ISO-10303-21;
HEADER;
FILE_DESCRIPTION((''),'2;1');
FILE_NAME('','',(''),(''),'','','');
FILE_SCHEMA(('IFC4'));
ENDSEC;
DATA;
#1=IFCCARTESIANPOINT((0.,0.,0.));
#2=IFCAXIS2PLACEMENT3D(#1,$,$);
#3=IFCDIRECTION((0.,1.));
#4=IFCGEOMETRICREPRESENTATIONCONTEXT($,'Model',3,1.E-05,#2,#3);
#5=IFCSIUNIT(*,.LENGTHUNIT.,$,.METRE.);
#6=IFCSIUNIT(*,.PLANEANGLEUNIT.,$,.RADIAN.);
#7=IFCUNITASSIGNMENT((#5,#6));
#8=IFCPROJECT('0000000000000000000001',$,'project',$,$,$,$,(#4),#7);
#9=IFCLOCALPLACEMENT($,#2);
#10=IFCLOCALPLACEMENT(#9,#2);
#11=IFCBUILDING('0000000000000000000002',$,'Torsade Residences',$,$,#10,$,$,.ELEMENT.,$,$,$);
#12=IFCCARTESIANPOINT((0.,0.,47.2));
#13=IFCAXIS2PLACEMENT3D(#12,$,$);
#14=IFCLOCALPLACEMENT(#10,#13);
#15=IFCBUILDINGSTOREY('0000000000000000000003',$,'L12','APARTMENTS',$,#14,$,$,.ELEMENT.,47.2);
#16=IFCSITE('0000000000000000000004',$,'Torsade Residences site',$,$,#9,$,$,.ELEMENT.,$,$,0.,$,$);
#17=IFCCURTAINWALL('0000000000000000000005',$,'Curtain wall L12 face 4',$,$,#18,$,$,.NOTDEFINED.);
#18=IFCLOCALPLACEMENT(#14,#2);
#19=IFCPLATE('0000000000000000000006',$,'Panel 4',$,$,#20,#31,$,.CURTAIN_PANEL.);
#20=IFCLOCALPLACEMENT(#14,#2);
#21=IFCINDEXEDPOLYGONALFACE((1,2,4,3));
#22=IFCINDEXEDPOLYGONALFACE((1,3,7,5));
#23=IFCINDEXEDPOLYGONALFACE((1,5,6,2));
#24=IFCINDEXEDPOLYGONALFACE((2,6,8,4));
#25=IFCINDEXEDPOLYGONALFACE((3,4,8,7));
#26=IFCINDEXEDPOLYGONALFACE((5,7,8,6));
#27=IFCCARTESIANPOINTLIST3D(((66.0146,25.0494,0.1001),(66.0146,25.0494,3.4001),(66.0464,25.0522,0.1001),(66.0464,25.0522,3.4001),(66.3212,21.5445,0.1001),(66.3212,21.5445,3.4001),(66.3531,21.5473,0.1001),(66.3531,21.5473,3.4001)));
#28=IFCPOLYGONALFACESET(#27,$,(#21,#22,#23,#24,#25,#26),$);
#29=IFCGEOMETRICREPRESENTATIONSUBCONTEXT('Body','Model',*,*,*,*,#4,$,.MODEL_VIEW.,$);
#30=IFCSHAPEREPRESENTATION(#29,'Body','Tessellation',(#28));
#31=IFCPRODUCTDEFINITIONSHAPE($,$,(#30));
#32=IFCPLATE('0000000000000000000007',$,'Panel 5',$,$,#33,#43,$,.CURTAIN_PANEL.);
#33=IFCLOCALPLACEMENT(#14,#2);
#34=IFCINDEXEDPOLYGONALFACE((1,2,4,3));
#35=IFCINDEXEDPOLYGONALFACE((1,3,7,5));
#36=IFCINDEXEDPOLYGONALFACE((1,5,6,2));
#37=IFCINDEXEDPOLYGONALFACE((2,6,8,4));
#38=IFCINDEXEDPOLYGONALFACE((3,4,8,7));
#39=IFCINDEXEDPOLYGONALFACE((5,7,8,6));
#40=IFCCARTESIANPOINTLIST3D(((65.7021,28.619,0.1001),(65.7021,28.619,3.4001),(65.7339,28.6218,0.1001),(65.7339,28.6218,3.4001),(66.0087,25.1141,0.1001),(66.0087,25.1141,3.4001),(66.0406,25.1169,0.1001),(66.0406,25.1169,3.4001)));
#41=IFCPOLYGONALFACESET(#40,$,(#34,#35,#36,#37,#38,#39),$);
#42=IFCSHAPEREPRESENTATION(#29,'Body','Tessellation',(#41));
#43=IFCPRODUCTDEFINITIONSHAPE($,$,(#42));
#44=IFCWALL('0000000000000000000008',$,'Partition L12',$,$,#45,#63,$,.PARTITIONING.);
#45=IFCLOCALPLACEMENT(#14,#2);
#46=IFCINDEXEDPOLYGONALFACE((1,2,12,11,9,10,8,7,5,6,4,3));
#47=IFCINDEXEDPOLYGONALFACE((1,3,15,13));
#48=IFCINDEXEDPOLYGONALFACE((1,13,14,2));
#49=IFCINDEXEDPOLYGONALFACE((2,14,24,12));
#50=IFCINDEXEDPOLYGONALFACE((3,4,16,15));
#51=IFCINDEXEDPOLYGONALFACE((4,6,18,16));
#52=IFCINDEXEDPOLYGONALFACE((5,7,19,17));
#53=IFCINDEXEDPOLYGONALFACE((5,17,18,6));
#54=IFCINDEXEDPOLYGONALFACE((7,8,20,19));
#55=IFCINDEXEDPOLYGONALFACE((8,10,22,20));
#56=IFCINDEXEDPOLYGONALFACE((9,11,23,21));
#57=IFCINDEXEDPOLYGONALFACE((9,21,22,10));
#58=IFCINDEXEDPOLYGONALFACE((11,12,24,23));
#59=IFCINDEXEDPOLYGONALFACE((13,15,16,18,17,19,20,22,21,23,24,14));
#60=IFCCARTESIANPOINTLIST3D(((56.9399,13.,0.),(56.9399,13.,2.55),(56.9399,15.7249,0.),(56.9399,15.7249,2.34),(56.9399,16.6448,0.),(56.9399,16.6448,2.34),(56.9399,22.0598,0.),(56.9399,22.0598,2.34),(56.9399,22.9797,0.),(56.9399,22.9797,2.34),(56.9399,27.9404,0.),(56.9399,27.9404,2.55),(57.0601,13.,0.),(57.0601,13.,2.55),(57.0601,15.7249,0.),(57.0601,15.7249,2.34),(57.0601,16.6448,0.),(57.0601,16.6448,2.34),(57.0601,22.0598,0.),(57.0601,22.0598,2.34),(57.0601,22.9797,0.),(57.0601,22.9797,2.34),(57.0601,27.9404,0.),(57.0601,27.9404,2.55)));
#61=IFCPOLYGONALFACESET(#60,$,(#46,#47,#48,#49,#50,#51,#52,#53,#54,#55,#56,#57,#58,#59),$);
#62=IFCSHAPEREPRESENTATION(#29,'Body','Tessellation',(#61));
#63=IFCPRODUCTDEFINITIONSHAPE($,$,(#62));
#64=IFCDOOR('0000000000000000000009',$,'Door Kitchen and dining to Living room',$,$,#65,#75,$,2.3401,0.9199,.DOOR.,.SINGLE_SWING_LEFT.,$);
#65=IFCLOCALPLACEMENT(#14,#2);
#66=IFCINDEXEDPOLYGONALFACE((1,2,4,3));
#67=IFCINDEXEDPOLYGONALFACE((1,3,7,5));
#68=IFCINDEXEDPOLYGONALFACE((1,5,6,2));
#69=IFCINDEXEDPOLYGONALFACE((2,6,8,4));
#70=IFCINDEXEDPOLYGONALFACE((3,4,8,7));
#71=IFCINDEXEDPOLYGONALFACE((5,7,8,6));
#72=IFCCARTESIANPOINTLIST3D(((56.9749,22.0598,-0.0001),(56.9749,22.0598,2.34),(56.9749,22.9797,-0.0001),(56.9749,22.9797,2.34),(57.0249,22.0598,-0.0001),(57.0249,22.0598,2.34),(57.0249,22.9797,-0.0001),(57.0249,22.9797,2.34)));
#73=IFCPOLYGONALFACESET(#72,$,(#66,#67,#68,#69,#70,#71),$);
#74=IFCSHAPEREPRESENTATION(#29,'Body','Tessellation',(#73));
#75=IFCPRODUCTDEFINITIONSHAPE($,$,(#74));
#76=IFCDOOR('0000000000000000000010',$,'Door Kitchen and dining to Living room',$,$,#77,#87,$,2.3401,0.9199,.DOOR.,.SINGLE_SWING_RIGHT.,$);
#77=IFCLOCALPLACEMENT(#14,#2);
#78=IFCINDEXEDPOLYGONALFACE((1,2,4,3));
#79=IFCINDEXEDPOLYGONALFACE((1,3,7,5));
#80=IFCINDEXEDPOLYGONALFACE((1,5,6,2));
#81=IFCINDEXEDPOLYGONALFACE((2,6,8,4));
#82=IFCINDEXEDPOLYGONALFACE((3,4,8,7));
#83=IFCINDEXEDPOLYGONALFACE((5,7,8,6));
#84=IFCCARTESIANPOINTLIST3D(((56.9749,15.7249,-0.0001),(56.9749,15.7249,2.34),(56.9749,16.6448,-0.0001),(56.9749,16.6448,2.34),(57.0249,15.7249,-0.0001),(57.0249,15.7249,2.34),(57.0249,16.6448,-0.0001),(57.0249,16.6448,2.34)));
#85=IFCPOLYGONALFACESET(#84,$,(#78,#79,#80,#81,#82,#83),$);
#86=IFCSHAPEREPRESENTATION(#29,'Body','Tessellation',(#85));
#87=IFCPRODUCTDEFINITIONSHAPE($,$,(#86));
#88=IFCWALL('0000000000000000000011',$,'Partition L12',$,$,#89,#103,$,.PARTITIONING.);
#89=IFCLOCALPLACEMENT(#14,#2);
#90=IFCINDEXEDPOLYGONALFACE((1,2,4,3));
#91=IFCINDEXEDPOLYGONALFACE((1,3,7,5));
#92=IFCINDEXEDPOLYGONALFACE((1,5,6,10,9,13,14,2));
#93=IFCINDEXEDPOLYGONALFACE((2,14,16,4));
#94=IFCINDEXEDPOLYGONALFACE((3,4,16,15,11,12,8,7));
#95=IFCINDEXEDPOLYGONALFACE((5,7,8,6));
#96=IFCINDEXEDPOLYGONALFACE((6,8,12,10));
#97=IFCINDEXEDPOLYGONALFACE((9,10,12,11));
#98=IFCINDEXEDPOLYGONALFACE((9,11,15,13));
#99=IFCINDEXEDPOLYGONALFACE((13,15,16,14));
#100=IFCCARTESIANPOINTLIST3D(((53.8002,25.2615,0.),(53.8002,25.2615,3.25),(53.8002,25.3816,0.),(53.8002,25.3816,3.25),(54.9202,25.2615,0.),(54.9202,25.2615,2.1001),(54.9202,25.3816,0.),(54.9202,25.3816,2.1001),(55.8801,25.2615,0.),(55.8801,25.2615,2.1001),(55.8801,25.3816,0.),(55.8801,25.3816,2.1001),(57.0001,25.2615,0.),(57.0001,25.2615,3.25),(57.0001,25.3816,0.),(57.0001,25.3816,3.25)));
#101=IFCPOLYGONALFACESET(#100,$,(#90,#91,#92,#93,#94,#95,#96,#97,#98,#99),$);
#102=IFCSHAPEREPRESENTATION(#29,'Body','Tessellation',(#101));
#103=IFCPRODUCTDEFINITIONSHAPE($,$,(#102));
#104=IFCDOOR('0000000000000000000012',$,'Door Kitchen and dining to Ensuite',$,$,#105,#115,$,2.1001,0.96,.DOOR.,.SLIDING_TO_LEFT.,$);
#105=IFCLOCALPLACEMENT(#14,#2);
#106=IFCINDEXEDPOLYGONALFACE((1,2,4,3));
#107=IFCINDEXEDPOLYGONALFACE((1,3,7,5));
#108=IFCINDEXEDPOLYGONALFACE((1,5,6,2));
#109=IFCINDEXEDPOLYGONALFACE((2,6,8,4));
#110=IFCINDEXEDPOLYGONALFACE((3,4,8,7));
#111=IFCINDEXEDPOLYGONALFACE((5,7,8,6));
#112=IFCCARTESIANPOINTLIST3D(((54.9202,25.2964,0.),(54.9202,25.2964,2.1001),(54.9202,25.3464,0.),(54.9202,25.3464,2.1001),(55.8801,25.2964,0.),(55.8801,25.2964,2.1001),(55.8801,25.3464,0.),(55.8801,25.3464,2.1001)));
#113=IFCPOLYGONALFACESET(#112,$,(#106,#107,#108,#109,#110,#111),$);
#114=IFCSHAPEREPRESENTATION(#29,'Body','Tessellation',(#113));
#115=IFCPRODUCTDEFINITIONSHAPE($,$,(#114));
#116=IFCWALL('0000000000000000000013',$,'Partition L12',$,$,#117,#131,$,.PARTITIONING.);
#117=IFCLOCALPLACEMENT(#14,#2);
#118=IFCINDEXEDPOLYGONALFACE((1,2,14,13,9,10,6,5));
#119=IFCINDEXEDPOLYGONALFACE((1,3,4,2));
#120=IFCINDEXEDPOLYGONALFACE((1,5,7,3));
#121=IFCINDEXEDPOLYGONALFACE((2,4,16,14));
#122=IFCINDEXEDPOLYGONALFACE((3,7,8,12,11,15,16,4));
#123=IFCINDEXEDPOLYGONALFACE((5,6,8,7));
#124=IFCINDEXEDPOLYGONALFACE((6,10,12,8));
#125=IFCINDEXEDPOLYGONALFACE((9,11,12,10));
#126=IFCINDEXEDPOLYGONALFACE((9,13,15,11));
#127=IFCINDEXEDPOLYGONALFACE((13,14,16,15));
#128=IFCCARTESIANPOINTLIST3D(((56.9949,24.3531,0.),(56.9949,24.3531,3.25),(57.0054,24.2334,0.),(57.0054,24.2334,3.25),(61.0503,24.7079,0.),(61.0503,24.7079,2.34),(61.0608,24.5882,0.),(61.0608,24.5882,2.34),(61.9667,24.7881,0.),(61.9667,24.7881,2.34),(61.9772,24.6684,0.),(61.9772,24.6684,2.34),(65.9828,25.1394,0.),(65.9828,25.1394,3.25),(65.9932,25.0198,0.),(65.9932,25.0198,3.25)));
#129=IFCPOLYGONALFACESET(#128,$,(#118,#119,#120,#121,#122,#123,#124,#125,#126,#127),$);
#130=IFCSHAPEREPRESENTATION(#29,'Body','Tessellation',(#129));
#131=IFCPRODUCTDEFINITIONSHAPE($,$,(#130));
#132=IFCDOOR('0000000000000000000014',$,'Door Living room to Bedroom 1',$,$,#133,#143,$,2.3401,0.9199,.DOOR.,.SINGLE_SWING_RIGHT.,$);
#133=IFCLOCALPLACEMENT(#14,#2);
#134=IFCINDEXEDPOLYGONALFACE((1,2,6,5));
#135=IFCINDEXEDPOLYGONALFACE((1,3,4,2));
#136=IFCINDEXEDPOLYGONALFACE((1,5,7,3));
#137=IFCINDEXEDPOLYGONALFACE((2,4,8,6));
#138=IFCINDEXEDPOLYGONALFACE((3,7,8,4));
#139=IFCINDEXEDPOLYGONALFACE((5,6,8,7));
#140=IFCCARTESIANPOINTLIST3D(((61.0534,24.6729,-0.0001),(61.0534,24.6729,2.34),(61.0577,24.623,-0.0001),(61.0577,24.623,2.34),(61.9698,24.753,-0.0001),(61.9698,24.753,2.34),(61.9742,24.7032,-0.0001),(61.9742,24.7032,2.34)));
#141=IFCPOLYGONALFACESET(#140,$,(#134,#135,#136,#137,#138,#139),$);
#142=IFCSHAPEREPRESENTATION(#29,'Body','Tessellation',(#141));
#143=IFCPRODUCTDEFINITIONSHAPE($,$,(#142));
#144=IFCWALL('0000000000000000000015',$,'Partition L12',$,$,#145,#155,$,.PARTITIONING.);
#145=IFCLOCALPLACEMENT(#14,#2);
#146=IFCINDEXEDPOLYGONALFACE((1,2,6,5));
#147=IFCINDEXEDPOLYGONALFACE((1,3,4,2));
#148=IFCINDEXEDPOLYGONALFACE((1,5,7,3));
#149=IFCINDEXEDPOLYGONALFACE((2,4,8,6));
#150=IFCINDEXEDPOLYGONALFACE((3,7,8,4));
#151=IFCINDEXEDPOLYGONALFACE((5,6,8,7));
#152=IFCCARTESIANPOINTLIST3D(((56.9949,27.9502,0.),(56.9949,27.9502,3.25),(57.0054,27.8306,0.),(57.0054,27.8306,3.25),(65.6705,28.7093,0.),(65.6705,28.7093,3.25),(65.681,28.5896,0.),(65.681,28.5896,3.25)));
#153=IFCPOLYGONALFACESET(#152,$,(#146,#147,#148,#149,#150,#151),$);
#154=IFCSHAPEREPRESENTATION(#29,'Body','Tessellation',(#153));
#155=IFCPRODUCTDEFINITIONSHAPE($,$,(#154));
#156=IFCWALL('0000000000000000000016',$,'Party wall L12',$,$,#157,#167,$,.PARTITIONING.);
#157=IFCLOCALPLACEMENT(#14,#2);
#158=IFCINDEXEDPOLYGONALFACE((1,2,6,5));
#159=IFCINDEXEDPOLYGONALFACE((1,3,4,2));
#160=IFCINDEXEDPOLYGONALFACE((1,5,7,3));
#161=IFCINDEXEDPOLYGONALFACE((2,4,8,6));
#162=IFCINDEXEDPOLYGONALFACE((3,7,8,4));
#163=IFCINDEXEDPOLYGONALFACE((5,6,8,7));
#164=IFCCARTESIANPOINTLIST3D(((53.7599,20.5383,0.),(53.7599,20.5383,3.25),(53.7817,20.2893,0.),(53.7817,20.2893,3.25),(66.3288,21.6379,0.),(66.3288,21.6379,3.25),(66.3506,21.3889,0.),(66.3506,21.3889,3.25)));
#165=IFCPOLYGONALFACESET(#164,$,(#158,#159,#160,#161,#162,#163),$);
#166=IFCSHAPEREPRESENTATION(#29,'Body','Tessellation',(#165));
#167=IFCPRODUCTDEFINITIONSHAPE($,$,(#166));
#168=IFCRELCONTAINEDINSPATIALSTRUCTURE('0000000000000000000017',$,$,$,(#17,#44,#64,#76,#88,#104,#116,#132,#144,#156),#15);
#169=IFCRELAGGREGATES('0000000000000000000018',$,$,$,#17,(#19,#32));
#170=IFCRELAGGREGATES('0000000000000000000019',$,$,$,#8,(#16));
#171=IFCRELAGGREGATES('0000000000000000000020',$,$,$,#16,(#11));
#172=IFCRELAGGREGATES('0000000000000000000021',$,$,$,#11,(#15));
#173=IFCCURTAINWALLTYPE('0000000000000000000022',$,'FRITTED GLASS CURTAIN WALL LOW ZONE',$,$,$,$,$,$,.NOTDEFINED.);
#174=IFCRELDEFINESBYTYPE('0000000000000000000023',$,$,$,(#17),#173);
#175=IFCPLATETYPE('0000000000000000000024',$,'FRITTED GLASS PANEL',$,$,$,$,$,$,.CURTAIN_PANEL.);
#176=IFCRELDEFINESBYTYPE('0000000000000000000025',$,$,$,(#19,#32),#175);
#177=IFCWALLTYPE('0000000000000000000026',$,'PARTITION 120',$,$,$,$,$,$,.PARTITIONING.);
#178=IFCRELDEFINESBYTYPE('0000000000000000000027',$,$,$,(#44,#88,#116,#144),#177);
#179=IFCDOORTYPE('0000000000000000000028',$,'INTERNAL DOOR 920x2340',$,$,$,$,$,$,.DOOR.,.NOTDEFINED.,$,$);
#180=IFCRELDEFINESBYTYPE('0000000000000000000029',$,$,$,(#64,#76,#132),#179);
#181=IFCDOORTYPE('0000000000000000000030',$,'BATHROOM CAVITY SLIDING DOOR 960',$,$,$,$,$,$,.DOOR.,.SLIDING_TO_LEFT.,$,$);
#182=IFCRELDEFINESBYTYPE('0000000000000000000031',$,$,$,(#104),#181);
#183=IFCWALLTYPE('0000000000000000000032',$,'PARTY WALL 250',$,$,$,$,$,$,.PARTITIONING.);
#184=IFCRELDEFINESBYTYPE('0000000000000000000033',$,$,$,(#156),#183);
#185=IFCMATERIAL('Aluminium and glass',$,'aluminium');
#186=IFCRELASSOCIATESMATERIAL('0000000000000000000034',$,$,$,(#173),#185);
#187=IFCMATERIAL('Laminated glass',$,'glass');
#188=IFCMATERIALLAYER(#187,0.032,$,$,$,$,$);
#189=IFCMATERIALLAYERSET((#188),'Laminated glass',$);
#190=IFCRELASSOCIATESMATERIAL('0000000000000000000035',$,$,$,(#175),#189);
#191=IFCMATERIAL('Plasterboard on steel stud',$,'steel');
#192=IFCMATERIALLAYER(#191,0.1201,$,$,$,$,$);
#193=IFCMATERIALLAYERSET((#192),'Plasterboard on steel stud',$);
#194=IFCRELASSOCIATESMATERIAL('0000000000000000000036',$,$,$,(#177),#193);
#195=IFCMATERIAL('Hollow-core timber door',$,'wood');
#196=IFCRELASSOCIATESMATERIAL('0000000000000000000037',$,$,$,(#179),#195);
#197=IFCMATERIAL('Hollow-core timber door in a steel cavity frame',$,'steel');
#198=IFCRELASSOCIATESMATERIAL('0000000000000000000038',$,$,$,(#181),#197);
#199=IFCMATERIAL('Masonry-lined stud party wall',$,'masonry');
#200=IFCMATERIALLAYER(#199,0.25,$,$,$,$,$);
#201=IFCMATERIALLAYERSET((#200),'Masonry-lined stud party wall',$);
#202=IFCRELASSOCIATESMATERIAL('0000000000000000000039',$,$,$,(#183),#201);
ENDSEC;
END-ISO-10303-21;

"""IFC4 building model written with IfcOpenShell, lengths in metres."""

from ifc_helpers import new_model, si_unit, direction, frame, frame_2d, origin, origin_2d, place, context, subcontext, project, spatial, rectangle, extrude, material, layer, layer_set, type_object, element, fill, aggregate, save


model = new_model("IFC4")

# Units and contexts
model_context = context("Model", 3, precision=1e-05, world=origin(), true_north=direction((0.0, 1.0)))
body_context = subcontext(model_context, "Body", "Model", "MODEL_VIEW")
ifc_project = project(units=[si_unit("LENGTHUNIT", "METRE"), si_unit("PLANEANGLEUNIT", "RADIAN")], contexts=[model_context])

# Site, building, storey
site_placement = place(None, origin())
site = spatial("IfcSite", under=ifc_project, at=site_placement, Name="Torsade Residences site", CompositionType="ELEMENT", RefElevation=0.0)
building_placement = place(site_placement, origin())
building = spatial("IfcBuilding", under=site, at=building_placement, Name="Torsade Residences", CompositionType="ELEMENT")
storey_placement = place(building_placement, frame((0.0, 0.0, 47.2)))
storey = spatial("IfcBuildingStorey", under=building, at=storey_placement, Name="L12", Description="APARTMENTS", CompositionType="ELEMENT", Elevation=47.2)

# Curtain wall
ifc_material_1 = material(Name="Aluminium and glass", Category="aluminium")
curtain_wall_type = type_object("IfcCurtainWallType", Name="FRITTED GLASS CURTAIN WALL LOW ZONE", PredefinedType="NOTDEFINED", material=ifc_material_1)
curtain_wall_placement = place(storey_placement, origin())
curtain_wall = element("IfcCurtainWall", 1, at=curtain_wall_placement, inside=storey, type_object=curtain_wall_type, Name="Curtain wall L12 face 4", PredefinedType="NOTDEFINED")

# Plates
ifc_material_2 = material(Name="Laminated glass", Category="glass")
ifc_layer_1 = layer(ifc_material_2, 0.032)
ifc_layer_set_1 = layer_set([ifc_layer_1], Name="Laminated glass")
plate_type = type_object("IfcPlateType", Name="FRITTED GLASS PANEL", PredefinedType="CURTAIN_PANEL", material=ifc_layer_set_1)
plate_1_placement = place(storey_placement, frame((66.1838, 23.2983, 0.1001), z_axis=(0.0, 0.0, 1.0), x_axis=(-0.087156, 0.996195, 0.0)))
plate_1 = element("IfcPlate", 2, at=plate_1_placement, type_object=plate_type, Name="Panel 4", PredefinedType="CURTAIN_PANEL", context=body_context, shape_type="SweptSolid", body=[
    extrude(rectangle(XDim=3.5183, YDim=0.032, at=origin_2d()), origin(), (0.0, 0.0, 1.0), 3.3),
])
plate_2_placement = place(storey_placement, frame((65.8713, 26.8679, 0.1001), z_axis=(0.0, 0.0, 1.0), x_axis=(-0.087156, 0.996195, 0.0)))
plate_2 = element("IfcPlate", 3, at=plate_2_placement, type_object=plate_type, Name="Panel 5", PredefinedType="CURTAIN_PANEL", context=body_context, shape_type="SweptSolid", body=[
    extrude(rectangle(XDim=3.5183, YDim=0.032, at=origin_2d()), origin(), (0.0, 0.0, 1.0), 3.3),
])
aggregate(curtain_wall, [plate_1, plate_2])

# Wall, openings, doors
ifc_material_3 = material(Name="Plasterboard on steel stud", Category="steel")
ifc_layer_2 = layer(ifc_material_3, 0.1201)
ifc_layer_set_2 = layer_set([ifc_layer_2], Name="Plasterboard on steel stud")
wall_type_1 = type_object("IfcWallType", Name="PARTITION 120", PredefinedType="PARTITIONING", material=ifc_layer_set_2)
wall_1_placement = place(storey_placement, frame((57.0, 27.9404, 0.0), z_axis=(0.0, 0.0, 1.0), x_axis=(0.0, -1.0, 0.0)))
wall_1 = element("IfcWall", 4, at=wall_1_placement, inside=storey, type_object=wall_type_1, Name="Partition L12", PredefinedType="PARTITIONING", context=body_context, shape_type="SweptSolid", body=[
    extrude(rectangle(XDim=14.9404, YDim=0.1201, at=frame_2d((7.4702, 0.0))), origin(), (0.0, 0.0, 1.0), 2.55),
])
opening_1_placement = place(wall_1_placement, frame((4.9607, 0.0, 0.0)))
opening_1 = element("IfcOpeningElement", 5, at=opening_1_placement, cuts=wall_1, PredefinedType="OPENING", context=body_context, shape_type="SweptSolid", body=[
    extrude(rectangle(XDim=0.9199, YDim=2.3401, at=frame_2d((0.46, 1.1699))), frame((0.0, 0.0701, 0.0), z_axis=(0.0, -1.0, 0.0), x_axis=(1.0, 0.0, 0.0)), (0.0, 0.0, 1.0), 0.1401),
])
opening_2_placement = place(wall_1_placement, frame((11.2957, 0.0, 0.0)))
opening_2 = element("IfcOpeningElement", 6, at=opening_2_placement, cuts=wall_1, PredefinedType="OPENING", context=body_context, shape_type="SweptSolid", body=[
    extrude(rectangle(XDim=0.9199, YDim=2.3401, at=frame_2d((0.46, 1.1699))), frame((0.0, 0.0701, 0.0), z_axis=(0.0, -1.0, 0.0), x_axis=(1.0, 0.0, 0.0)), (0.0, 0.0, 1.0), 0.1401),
])
ifc_material_4 = material(Name="Hollow-core timber door", Category="wood")
door_type_1 = type_object("IfcDoorType", Name="INTERNAL DOOR 920x2340", OperationType="NOTDEFINED", PredefinedType="DOOR", material=ifc_material_4)
door_1_placement = place(opening_1_placement, origin())
door_1 = element("IfcDoor", 7, at=door_1_placement, inside=storey, type_object=door_type_1, Name="Door Kitchen and dining to Living room", OperationType="SINGLE_SWING_LEFT", OverallHeight=2.3401, OverallWidth=0.9199, PredefinedType="DOOR", context=body_context, shape_type="SweptSolid", body=[
    extrude(rectangle(XDim=0.9199, YDim=2.3401, at=frame_2d((0.46, 1.1699))), frame((0.0, 0.0249, 0.0), z_axis=(0.0, -1.0, 0.0), x_axis=(1.0, 0.0, 0.0)), (0.0, 0.0, 1.0), 0.05),
])
fill(opening_1, door_1)
door_2_placement = place(opening_2_placement, origin())
door_2 = element("IfcDoor", 8, at=door_2_placement, inside=storey, type_object=door_type_1, Name="Door Kitchen and dining to Living room", OperationType="SINGLE_SWING_RIGHT", OverallHeight=2.3401, OverallWidth=0.9199, PredefinedType="DOOR", context=body_context, shape_type="SweptSolid", body=[
    extrude(rectangle(XDim=0.9199, YDim=2.3401, at=frame_2d((0.46, 1.1699))), frame((0.0, 0.0249, 0.0), z_axis=(0.0, -1.0, 0.0), x_axis=(1.0, 0.0, 0.0)), (0.0, 0.0, 1.0), 0.05),
])
fill(opening_2, door_2)

# Walls, openings, doors
wall_2_placement = place(storey_placement, frame((53.8, 25.3215, 0.0), z_axis=(0.0, 0.0, 1.0), x_axis=(1.0, 0.0, 0.0)))
wall_2 = element("IfcWall", 9, at=wall_2_placement, inside=storey, type_object=wall_type_1, Name="Partition L12", PredefinedType="PARTITIONING", context=body_context, shape_type="SweptSolid", body=[
    extrude(rectangle(XDim=3.2, YDim=0.1201, at=frame_2d((1.6001, 0.0))), origin(), (0.0, 0.0, 1.0), 3.25),
])
opening_3_placement = place(wall_2_placement, frame((1.1201, 0.0, 0.0)))
opening_3 = element("IfcOpeningElement", 10, at=opening_3_placement, cuts=wall_2, PredefinedType="OPENING", context=body_context, shape_type="SweptSolid", body=[
    extrude(rectangle(XDim=0.96, YDim=2.1001, at=frame_2d((0.48, 1.05))), frame((0.0, 0.0701, 0.0), z_axis=(0.0, -1.0, 0.0), x_axis=(1.0, 0.0, 0.0)), (0.0, 0.0, 1.0), 0.1401),
])
ifc_material_5 = material(Name="Hollow-core timber door in a steel cavity frame", Category="steel")
door_type_2 = type_object("IfcDoorType", Name="BATHROOM CAVITY SLIDING DOOR 960", OperationType="SLIDING_TO_LEFT", PredefinedType="DOOR", material=ifc_material_5)
door_3_placement = place(opening_3_placement, origin())
door_3 = element("IfcDoor", 11, at=door_3_placement, inside=storey, type_object=door_type_2, Name="Door Kitchen and dining to Ensuite", OperationType="SLIDING_TO_LEFT", OverallHeight=2.1001, OverallWidth=0.96, PredefinedType="DOOR", context=body_context, shape_type="SweptSolid", body=[
    extrude(rectangle(XDim=0.96, YDim=2.1001, at=frame_2d((0.48, 1.05))), frame((0.0, 0.0249, 0.0), z_axis=(0.0, -1.0, 0.0), x_axis=(1.0, 0.0, 0.0)), (0.0, 0.0, 1.0), 0.05),
])
fill(opening_3, door_3)
wall_3_placement = place(storey_placement, frame((57.0, 24.2932, 0.0), z_axis=(0.0, 0.0, 1.0), x_axis=(0.996194, 0.087161, 0.0)))
wall_3 = element("IfcWall", 12, at=wall_3_placement, inside=storey, type_object=wall_type_1, Name="Partition L12", PredefinedType="PARTITIONING", context=body_context, shape_type="SweptSolid", body=[
    extrude(rectangle(XDim=9.0222, YDim=0.1201, at=frame_2d((4.5112, 0.0))), origin(), (0.0, 0.0, 1.0), 3.25),
])
opening_4_placement = place(wall_3_placement, frame((4.071, 0.0, 0.0)))
opening_4 = element("IfcOpeningElement", 13, at=opening_4_placement, cuts=wall_3, PredefinedType="OPENING", context=body_context, shape_type="SweptSolid", body=[
    extrude(rectangle(XDim=0.9199, YDim=2.3401, at=frame_2d((0.46, 1.1699))), frame((0.0, 0.0701, 0.0), z_axis=(0.0, -1.0, 0.0), x_axis=(1.0, 0.0, 0.0)), (0.0, 0.0, 1.0), 0.1401),
])
door_4_placement = place(opening_4_placement, origin())
door_4 = element("IfcDoor", 14, at=door_4_placement, inside=storey, type_object=door_type_1, Name="Door Living room to Bedroom 1", OperationType="SINGLE_SWING_RIGHT", OverallHeight=2.3401, OverallWidth=0.9199, PredefinedType="DOOR", context=body_context, shape_type="SweptSolid", body=[
    extrude(rectangle(XDim=0.9199, YDim=2.3401, at=frame_2d((0.46, 1.1699))), frame((0.0, 0.0249, 0.0), z_axis=(0.0, -1.0, 0.0), x_axis=(1.0, 0.0, 0.0)), (0.0, 0.0, 1.0), 0.05),
])
fill(opening_4, door_4)

# Walls
wall_4_placement = place(storey_placement, frame((57.0, 27.8904, 0.0), z_axis=(0.0, 0.0, 1.0), x_axis=(0.996194, 0.087158, 0.0)))
element("IfcWall", 15, at=wall_4_placement, inside=storey, type_object=wall_type_1, Name="Partition L12", PredefinedType="PARTITIONING", context=body_context, shape_type="SweptSolid", body=[
    extrude(rectangle(XDim=8.7087, YDim=0.1201, at=frame_2d((4.3545, 0.0))), origin(), (0.0, 0.0, 1.0), 3.25),
])
ifc_material_6 = material(Name="Masonry-lined stud party wall", Category="masonry")
ifc_layer_3 = layer(ifc_material_6, 0.25)
ifc_layer_set_3 = layer_set([ifc_layer_3], Name="Masonry-lined stud party wall")
wall_type_2 = type_object("IfcWallType", Name="PARTY WALL 250", PredefinedType="PARTITIONING", material=ifc_layer_set_3)
wall_5_placement = place(storey_placement, frame((66.3398, 21.5134, 0.0), z_axis=(0.0, 0.0, 1.0), x_axis=(-0.996195, -0.087154, 0.0)))
element("IfcWall", 16, at=wall_5_placement, inside=storey, type_object=wall_type_2, Name="Party wall L12", PredefinedType="PARTITIONING", context=body_context, shape_type="SweptSolid", body=[
    extrude(rectangle(XDim=12.6169, YDim=0.25, at=frame_2d((6.3086, 0.0))), origin(), (0.0, 0.0, 1.0), 3.25),
])

save(model, "model.ifc")
